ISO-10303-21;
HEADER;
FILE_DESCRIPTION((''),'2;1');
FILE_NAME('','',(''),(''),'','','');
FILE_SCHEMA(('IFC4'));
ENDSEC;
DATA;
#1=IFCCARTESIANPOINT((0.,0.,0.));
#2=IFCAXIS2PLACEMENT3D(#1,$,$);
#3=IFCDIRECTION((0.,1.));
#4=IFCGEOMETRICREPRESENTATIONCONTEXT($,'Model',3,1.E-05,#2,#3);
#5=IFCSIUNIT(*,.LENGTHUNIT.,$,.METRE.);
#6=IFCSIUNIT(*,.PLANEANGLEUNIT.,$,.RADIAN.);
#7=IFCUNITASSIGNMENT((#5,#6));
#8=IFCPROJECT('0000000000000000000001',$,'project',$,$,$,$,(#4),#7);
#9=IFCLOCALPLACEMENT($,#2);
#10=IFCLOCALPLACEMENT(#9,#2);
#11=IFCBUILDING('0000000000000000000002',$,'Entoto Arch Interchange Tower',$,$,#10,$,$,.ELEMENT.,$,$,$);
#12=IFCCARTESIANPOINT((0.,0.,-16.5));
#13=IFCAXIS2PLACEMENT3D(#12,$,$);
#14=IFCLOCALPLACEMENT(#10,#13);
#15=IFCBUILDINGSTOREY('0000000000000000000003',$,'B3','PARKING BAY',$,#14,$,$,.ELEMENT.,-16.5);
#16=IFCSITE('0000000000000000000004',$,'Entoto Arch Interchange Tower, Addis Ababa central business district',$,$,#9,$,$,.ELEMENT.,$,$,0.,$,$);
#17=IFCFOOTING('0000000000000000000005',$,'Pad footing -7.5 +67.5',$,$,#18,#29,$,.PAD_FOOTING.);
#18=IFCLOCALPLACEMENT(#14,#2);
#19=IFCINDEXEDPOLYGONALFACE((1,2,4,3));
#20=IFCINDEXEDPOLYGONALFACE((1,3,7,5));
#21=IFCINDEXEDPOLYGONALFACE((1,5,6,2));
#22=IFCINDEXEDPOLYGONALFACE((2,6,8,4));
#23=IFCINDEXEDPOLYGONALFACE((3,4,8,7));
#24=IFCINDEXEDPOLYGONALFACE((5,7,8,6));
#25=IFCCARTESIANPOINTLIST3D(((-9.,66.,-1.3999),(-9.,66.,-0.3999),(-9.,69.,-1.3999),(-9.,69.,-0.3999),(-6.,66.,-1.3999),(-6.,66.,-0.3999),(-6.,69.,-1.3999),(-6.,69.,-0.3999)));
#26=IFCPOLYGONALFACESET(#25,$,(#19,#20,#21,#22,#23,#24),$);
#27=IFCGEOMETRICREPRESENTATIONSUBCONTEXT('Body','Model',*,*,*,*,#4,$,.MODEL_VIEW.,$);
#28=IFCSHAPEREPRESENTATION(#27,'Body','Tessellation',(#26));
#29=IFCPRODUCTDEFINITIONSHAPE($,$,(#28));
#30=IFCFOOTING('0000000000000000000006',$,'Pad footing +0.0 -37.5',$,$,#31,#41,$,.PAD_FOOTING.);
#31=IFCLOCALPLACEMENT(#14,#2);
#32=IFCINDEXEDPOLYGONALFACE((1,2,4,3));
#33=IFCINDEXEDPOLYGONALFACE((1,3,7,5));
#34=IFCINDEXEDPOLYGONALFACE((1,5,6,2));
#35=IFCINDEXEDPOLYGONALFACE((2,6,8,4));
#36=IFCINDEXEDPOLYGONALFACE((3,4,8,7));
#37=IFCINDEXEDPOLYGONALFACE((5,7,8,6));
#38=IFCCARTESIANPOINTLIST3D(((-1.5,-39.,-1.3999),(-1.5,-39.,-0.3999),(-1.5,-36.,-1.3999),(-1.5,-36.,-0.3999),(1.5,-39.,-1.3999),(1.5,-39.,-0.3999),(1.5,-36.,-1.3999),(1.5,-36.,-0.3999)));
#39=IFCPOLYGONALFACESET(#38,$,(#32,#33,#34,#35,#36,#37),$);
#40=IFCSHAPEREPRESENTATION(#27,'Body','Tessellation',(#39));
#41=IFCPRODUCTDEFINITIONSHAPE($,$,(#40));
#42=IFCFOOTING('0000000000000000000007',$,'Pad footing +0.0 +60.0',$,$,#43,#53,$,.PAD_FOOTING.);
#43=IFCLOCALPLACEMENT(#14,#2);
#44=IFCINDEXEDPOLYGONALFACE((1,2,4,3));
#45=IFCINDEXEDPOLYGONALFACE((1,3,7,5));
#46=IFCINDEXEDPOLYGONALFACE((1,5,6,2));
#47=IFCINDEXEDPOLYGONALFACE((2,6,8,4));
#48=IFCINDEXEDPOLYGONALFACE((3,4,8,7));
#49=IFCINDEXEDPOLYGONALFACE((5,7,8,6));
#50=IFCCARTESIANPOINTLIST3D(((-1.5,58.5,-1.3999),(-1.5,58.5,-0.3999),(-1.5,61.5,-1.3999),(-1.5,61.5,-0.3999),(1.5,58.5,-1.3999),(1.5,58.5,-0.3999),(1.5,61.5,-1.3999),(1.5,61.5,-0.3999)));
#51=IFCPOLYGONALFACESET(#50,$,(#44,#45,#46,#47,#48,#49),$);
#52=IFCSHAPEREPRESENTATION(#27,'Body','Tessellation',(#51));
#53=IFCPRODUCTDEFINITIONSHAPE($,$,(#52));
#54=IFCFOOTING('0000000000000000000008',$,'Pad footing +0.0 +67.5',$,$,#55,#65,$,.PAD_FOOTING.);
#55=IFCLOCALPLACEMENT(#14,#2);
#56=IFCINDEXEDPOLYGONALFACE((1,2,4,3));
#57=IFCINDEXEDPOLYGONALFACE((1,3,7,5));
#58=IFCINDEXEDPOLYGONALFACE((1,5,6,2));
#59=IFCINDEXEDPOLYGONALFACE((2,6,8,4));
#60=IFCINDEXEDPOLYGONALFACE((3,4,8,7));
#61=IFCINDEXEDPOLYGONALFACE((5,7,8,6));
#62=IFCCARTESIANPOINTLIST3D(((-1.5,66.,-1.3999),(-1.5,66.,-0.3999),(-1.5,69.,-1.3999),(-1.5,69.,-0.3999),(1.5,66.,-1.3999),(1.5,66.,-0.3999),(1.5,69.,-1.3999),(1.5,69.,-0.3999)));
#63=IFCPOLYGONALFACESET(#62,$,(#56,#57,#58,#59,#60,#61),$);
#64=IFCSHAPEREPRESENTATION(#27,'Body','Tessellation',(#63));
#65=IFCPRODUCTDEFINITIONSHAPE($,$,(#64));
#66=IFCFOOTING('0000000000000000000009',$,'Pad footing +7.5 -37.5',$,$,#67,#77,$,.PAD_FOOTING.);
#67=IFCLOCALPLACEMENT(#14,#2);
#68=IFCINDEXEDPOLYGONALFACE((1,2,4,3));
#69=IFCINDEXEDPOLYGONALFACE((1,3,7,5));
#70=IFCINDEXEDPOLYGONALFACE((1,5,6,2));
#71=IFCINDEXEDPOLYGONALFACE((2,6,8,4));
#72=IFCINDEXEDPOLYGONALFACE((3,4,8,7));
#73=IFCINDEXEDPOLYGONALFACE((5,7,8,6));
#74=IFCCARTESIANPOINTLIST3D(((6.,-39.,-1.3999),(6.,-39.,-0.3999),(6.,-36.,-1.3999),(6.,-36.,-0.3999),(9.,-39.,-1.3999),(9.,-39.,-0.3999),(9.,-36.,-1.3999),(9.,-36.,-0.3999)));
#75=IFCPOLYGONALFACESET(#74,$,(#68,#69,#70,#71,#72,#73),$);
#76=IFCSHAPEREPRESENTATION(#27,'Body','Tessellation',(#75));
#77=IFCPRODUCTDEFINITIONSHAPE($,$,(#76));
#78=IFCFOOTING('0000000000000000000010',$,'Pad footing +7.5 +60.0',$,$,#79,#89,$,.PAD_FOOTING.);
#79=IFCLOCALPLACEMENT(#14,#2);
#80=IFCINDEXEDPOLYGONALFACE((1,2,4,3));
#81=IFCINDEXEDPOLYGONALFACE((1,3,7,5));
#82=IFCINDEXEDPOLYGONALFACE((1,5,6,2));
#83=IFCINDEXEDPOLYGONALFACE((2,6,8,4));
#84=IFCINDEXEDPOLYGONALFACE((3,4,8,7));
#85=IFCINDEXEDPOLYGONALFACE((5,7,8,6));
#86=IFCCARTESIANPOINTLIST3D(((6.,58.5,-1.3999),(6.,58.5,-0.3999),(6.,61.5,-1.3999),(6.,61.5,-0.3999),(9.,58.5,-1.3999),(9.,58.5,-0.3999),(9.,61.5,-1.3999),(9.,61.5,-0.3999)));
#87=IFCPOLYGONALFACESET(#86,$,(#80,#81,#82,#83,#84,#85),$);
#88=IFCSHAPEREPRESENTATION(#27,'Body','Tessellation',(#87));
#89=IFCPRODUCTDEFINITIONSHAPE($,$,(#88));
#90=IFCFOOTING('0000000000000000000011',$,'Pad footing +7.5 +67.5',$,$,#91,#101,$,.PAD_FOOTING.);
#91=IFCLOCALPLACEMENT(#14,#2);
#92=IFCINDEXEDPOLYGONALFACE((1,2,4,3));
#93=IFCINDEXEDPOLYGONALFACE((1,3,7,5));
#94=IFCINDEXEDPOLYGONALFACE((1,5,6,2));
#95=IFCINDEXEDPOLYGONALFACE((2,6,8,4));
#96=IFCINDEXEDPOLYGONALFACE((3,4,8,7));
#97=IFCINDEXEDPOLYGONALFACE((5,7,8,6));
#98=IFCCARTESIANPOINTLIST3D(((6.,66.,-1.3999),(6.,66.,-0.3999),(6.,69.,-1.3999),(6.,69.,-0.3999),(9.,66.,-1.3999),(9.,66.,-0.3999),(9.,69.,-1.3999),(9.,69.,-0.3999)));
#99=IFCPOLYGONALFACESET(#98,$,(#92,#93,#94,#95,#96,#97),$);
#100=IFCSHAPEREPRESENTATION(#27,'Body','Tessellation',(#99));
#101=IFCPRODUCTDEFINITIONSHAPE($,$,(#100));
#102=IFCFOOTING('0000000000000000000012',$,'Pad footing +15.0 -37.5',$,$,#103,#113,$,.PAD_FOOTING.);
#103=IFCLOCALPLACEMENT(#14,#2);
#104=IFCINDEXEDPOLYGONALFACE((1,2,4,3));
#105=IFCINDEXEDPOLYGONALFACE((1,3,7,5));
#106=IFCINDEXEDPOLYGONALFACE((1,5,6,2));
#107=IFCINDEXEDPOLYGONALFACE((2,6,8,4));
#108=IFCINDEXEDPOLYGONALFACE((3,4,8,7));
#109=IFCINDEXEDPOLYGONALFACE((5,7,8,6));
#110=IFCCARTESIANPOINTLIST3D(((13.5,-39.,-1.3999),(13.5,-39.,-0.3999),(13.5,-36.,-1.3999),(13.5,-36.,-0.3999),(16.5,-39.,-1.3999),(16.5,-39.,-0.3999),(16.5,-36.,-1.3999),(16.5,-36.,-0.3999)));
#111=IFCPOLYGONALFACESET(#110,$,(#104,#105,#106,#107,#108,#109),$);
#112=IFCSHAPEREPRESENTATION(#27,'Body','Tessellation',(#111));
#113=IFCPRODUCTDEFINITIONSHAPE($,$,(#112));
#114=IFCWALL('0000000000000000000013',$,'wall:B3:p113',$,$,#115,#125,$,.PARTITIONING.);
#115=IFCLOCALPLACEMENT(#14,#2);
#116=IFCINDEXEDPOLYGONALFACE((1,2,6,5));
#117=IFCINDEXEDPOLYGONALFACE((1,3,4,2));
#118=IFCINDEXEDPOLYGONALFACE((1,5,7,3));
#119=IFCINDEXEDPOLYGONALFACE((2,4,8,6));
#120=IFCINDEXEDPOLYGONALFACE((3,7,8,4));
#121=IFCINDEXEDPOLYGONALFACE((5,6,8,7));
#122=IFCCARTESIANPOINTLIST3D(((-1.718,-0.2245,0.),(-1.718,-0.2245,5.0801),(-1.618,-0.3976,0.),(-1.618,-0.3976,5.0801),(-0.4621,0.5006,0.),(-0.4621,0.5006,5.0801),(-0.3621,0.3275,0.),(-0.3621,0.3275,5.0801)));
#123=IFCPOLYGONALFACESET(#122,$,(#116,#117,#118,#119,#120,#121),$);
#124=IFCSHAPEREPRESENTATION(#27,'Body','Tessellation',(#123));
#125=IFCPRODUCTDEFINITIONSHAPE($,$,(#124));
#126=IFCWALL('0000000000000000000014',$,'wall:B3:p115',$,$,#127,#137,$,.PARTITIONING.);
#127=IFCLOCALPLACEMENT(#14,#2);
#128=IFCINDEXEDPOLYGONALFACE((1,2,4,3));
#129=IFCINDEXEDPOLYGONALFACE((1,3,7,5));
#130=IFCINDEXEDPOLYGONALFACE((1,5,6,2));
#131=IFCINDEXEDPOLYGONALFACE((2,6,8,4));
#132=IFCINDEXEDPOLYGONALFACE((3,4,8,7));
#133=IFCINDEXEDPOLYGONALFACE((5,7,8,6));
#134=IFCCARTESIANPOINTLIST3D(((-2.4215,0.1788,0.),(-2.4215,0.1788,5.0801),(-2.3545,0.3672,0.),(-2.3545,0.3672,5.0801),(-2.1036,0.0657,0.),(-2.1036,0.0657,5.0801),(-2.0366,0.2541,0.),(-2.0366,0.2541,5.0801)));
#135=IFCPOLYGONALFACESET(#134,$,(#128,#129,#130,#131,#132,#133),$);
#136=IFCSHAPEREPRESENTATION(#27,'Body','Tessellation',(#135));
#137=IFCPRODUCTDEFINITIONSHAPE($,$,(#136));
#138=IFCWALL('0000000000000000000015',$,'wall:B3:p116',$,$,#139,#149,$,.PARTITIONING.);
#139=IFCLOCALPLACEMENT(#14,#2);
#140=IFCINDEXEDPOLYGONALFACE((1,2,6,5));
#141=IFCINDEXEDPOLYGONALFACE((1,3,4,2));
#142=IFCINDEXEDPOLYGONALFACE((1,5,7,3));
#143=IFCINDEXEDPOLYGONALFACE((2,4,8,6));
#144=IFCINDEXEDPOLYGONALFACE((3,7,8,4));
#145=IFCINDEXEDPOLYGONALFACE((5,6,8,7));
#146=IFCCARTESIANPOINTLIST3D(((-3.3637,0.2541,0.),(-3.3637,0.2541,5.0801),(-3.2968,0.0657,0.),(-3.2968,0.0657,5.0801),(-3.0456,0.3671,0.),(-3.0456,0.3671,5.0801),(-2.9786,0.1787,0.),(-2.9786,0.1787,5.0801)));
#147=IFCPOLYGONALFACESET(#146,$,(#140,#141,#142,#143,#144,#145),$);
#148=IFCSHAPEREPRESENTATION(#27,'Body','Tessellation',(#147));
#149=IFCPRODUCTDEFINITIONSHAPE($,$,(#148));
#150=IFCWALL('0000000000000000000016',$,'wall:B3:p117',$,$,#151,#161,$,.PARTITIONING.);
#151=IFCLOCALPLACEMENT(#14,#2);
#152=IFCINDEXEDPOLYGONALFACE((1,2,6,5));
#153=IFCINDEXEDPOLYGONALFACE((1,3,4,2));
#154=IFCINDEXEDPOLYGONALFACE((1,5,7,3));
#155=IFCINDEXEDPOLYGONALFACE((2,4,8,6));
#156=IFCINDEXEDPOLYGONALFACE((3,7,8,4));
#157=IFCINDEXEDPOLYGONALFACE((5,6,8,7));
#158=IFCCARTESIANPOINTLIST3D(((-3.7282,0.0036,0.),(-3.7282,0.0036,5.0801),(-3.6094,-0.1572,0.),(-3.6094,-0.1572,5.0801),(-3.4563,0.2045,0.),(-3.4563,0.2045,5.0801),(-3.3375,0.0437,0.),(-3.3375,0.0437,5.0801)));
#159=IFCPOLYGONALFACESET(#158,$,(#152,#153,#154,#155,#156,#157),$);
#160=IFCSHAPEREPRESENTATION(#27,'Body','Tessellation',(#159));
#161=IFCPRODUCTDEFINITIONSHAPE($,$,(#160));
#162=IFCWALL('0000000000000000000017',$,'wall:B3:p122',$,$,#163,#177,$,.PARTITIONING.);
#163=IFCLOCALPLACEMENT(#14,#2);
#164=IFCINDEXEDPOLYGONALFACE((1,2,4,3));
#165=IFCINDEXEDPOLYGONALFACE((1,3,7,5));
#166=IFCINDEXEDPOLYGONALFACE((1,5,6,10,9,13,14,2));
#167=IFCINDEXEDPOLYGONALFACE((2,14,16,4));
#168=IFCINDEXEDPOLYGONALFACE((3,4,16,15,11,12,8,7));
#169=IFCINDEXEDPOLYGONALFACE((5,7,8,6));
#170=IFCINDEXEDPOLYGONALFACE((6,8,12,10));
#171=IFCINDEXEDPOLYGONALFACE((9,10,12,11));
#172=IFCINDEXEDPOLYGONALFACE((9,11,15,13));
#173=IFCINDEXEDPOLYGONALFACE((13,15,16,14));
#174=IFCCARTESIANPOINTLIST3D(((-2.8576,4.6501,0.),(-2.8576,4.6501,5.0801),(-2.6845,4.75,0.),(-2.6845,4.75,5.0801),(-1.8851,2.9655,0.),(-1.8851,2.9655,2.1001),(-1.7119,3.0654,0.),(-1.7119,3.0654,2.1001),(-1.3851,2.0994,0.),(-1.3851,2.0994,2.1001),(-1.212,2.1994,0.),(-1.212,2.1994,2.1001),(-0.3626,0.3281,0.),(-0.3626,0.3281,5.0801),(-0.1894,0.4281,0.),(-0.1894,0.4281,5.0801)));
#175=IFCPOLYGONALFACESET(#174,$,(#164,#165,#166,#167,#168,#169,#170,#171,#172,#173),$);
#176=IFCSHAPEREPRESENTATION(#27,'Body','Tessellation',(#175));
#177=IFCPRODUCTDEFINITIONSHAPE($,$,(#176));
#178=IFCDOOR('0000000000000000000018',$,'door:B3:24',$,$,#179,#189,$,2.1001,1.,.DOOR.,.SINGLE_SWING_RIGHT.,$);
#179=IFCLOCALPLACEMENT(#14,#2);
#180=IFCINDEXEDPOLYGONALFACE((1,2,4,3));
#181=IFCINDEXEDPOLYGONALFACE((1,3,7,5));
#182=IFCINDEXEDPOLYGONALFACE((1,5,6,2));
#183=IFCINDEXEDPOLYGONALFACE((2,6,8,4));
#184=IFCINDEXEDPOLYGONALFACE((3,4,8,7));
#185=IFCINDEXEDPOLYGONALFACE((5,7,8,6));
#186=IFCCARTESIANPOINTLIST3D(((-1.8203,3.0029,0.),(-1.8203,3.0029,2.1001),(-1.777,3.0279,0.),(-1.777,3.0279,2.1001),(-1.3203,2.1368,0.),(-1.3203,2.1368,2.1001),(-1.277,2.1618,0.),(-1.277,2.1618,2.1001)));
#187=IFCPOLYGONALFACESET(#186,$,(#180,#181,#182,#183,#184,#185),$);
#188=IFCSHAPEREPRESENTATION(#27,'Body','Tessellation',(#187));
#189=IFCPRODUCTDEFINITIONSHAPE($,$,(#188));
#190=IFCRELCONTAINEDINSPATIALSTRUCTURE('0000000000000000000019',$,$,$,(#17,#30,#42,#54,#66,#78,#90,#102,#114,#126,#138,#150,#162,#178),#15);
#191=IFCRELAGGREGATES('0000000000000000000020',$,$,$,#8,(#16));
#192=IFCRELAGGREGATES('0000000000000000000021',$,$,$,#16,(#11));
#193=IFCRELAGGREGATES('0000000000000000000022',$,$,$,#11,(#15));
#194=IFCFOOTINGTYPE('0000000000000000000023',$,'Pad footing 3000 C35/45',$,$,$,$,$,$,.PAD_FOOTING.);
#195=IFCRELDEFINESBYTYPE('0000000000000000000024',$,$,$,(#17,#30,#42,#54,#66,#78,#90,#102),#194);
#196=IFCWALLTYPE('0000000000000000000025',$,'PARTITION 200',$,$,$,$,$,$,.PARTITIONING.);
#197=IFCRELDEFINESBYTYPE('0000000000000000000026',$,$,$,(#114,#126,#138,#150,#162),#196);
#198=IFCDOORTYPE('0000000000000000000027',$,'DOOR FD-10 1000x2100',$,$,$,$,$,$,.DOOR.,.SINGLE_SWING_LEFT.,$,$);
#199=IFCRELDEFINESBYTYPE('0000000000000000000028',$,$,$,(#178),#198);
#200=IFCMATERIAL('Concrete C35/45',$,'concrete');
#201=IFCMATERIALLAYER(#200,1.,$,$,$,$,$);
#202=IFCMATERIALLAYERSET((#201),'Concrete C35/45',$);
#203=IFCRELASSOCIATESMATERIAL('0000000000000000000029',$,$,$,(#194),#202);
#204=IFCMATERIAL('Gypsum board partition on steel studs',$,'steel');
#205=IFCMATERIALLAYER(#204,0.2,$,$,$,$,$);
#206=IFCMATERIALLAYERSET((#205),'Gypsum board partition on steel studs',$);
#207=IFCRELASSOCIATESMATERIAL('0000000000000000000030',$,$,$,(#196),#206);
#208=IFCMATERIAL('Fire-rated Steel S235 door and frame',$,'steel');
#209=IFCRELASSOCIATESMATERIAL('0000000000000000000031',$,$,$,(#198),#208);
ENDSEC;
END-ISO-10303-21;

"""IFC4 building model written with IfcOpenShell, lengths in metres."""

from ifc_helpers import new_model, si_unit, direction, frame, frame_2d, origin, place, context, subcontext, project, spatial, polyline, rectangle, outline, extrude, material, layer, layer_set, type_object, element, fill, save


model = new_model("IFC4")

# Units and contexts
model_context = context("Model", 3, precision=1e-05, world=origin(), true_north=direction((0.0, 1.0)))
body_context = subcontext(model_context, "Body", "Model", "MODEL_VIEW")
ifc_project = project(units=[si_unit("LENGTHUNIT", "METRE"), si_unit("PLANEANGLEUNIT", "RADIAN")], contexts=[model_context])

# Site, building, storey
site_placement = place(None, origin())
site = spatial("IfcSite", under=ifc_project, at=site_placement, Name="Entoto Arch Interchange Tower, Addis Ababa central business district", CompositionType="ELEMENT", RefElevation=0.0)
building_placement = place(site_placement, origin())
building = spatial("IfcBuilding", under=site, at=building_placement, Name="Entoto Arch Interchange Tower", CompositionType="ELEMENT")
storey_placement = place(building_placement, frame((0.0, 0.0, -16.5)))
storey = spatial("IfcBuildingStorey", under=building, at=storey_placement, Name="B3", Description="PARKING BAY", CompositionType="ELEMENT", Elevation=-16.5)

# Footings
ifc_material_1 = material(Name="Concrete C35/45", Category="concrete")
ifc_layer_1 = layer(ifc_material_1, 1.0)
ifc_layer_set_1 = layer_set([ifc_layer_1], Name="Concrete C35/45")
footing_type = type_object("IfcFootingType", Name="Pad footing 3000 C35/45", PredefinedType="PAD_FOOTING", material=ifc_layer_set_1)
footing_1_placement = place(storey_placement, frame((0.0, 0.0, -1.3999)))
element("IfcFooting", 1, at=footing_1_placement, inside=storey, type_object=footing_type, Name="Pad footing -7.5 +67.5", PredefinedType="PAD_FOOTING", context=body_context, shape_type="SweptSolid", body=[
    extrude(outline(polyline([(-6.0, 66.0), (-6.0, 69.0), (-9.0, 69.0), (-9.0, 66.0), (-6.0, 66.0)])), origin(), (0.0, 0.0, 1.0), 1.0),
])
footing_2_placement = place(storey_placement, frame((0.0, 0.0, -1.3999)))
element("IfcFooting", 2, at=footing_2_placement, inside=storey, type_object=footing_type, Name="Pad footing +0.0 -37.5", PredefinedType="PAD_FOOTING", context=body_context, shape_type="SweptSolid", body=[
    extrude(outline(polyline([(1.5, -39.0), (1.5, -36.0), (-1.5, -36.0), (-1.5, -39.0), (1.5, -39.0)])), origin(), (0.0, 0.0, 1.0), 1.0),
])
footing_3_placement = place(storey_placement, frame((0.0, 0.0, -1.3999)))
element("IfcFooting", 3, at=footing_3_placement, inside=storey, type_object=footing_type, Name="Pad footing +0.0 +60.0", PredefinedType="PAD_FOOTING", context=body_context, shape_type="SweptSolid", body=[
    extrude(outline(polyline([(1.5, 58.5), (1.5, 61.5), (-1.5, 61.5), (-1.5, 58.5), (1.5, 58.5)])), origin(), (0.0, 0.0, 1.0), 1.0),
])
footing_4_placement = place(storey_placement, frame((0.0, 0.0, -1.3999)))
element("IfcFooting", 4, at=footing_4_placement, inside=storey, type_object=footing_type, Name="Pad footing +0.0 +67.5", PredefinedType="PAD_FOOTING", context=body_context, shape_type="SweptSolid", body=[
    extrude(outline(polyline([(1.5, 66.0), (1.5, 69.0), (-1.5, 69.0), (-1.5, 66.0), (1.5, 66.0)])), origin(), (0.0, 0.0, 1.0), 1.0),
])
footing_5_placement = place(storey_placement, frame((0.0, 0.0, -1.3999)))
element("IfcFooting", 5, at=footing_5_placement, inside=storey, type_object=footing_type, Name="Pad footing +7.5 -37.5", PredefinedType="PAD_FOOTING", context=body_context, shape_type="SweptSolid", body=[
    extrude(outline(polyline([(9.0, -39.0), (9.0, -36.0), (6.0, -36.0), (6.0, -39.0), (9.0, -39.0)])), origin(), (0.0, 0.0, 1.0), 1.0),
])
footing_6_placement = place(storey_placement, frame((0.0, 0.0, -1.3999)))
element("IfcFooting", 6, at=footing_6_placement, inside=storey, type_object=footing_type, Name="Pad footing +7.5 +60.0", PredefinedType="PAD_FOOTING", context=body_context, shape_type="SweptSolid", body=[
    extrude(outline(polyline([(9.0, 58.5), (9.0, 61.5), (6.0, 61.5), (6.0, 58.5), (9.0, 58.5)])), origin(), (0.0, 0.0, 1.0), 1.0),
])
footing_7_placement = place(storey_placement, frame((0.0, 0.0, -1.3999)))
element("IfcFooting", 7, at=footing_7_placement, inside=storey, type_object=footing_type, Name="Pad footing +7.5 +67.5", PredefinedType="PAD_FOOTING", context=body_context, shape_type="SweptSolid", body=[
    extrude(outline(polyline([(9.0, 66.0), (9.0, 69.0), (6.0, 69.0), (6.0, 66.0), (9.0, 66.0)])), origin(), (0.0, 0.0, 1.0), 1.0),
])
footing_8_placement = place(storey_placement, frame((0.0, 0.0, -1.3999)))
element("IfcFooting", 8, at=footing_8_placement, inside=storey, type_object=footing_type, Name="Pad footing +15.0 -37.5", PredefinedType="PAD_FOOTING", context=body_context, shape_type="SweptSolid", body=[
    extrude(outline(polyline([(16.5, -39.0), (16.5, -36.0), (13.5, -36.0), (13.5, -39.0), (16.5, -39.0)])), origin(), (0.0, 0.0, 1.0), 1.0),
])

# Walls
ifc_material_2 = material(Name="Gypsum board partition on steel studs", Category="steel")
ifc_layer_2 = layer(ifc_material_2, 0.2)
ifc_layer_set_2 = layer_set([ifc_layer_2], Name="Gypsum board partition on steel studs")
wall_type_1 = type_object("IfcWallType", Name="PARTITION 200", PredefinedType="PARTITIONING", material=ifc_layer_set_2)
wall_1_placement = place(storey_placement, frame((-0.4121, 0.4141, 0.0), z_axis=(0.0, 0.0, 1.0), x_axis=(-0.866017, -0.500014, 0.0)))
element("IfcWall", 9, at=wall_1_placement, inside=storey, type_object=wall_type_1, Name="wall:B3:p113", PredefinedType="PARTITIONING", context=body_context, shape_type="SweptSolid", body=[
    extrude(rectangle(XDim=1.4502, YDim=0.2, at=frame_2d((0.7251, 0.0))), origin(), (0.0, 0.0, 1.0), 5.0801),
])
wall_2_placement = place(storey_placement, frame((-2.0701, 0.1599, 0.0), z_axis=(0.0, 0.0, 1.0), x_axis=(-0.942199, 0.335052, 0.0)))
element("IfcWall", 10, at=wall_2_placement, inside=storey, type_object=wall_type_1, Name="wall:B3:p115", PredefinedType="PARTITIONING", context=body_context, shape_type="SweptSolid", body=[
    extrude(rectangle(XDim=0.3374, YDim=0.2, at=frame_2d((0.1687, 0.0))), origin(), (0.0, 0.0, 1.0), 5.0801),
])
wall_3_placement = place(storey_placement, frame((-3.012, 0.2729, 0.0), z_axis=(0.0, 0.0, 1.0), x_axis=(-0.942281, -0.334824, 0.0)))
element("IfcWall", 11, at=wall_3_placement, inside=storey, type_object=wall_type_1, Name="wall:B3:p116", PredefinedType="PARTITIONING", context=body_context, shape_type="SweptSolid", body=[
    extrude(rectangle(XDim=0.3376, YDim=0.2, at=frame_2d((0.1689, 0.0))), origin(), (0.0, 0.0, 1.0), 5.0801),
])
wall_4_placement = place(storey_placement, frame((-3.397, 0.124, 0.0), z_axis=(0.0, 0.0, 1.0), x_axis=(-0.804311, -0.594208, 0.0)))
element("IfcWall", 12, at=wall_4_placement, inside=storey, type_object=wall_type_1, Name="wall:B3:p117", PredefinedType="PARTITIONING", context=body_context, shape_type="SweptSolid", body=[
    extrude(rectangle(XDim=0.3381, YDim=0.2, at=frame_2d((0.1689, 0.0))), origin(), (0.0, 0.0, 1.0), 5.0801),
])

# Wall, opening, door
wall_5_placement = place(storey_placement, frame((-2.771, 4.7, 0.0), z_axis=(0.0, 0.0, 1.0), x_axis=(0.499969, -0.866043, 0.0)))
wall_5 = element("IfcWall", 13, at=wall_5_placement, inside=storey, type_object=wall_type_1, Name="wall:B3:p122", PredefinedType="PARTITIONING", context=body_context, shape_type="SweptSolid", body=[
    extrude(rectangle(XDim=4.9905, YDim=0.2, at=frame_2d((2.4951, 0.0))), origin(), (0.0, 0.0, 1.0), 5.0801),
])
opening_1_placement = place(wall_5_placement, frame((1.9451, 0.0, 0.0)))
opening_1 = element("IfcOpeningElement", 14, at=opening_1_placement, cuts=wall_5, PredefinedType="OPENING", context=body_context, shape_type="SweptSolid", body=[
    extrude(rectangle(XDim=1.0, YDim=2.1001, at=frame_2d((0.5, 1.05))), frame((0.0, 0.1099, 0.0), z_axis=(0.0, -1.0, 0.0), x_axis=(1.0, 0.0, 0.0)), (0.0, 0.0, 1.0), 0.22),
])
ifc_material_3 = material(Name="Fire-rated Steel S235 door and frame", Category="steel")
door_type_1 = type_object("IfcDoorType", Name="DOOR FD-10 1000x2100", OperationType="SINGLE_SWING_LEFT", PredefinedType="DOOR", material=ifc_material_3)
door_1_placement = place(opening_1_placement, origin())
door_1 = element("IfcDoor", 15, at=door_1_placement, inside=storey, type_object=door_type_1, Name="door:B3:24", OperationType="SINGLE_SWING_RIGHT", OverallHeight=2.1001, OverallWidth=1.0, PredefinedType="DOOR", context=body_context, shape_type="SweptSolid", body=[
    extrude(rectangle(XDim=1.0, YDim=2.1001, at=frame_2d((0.5, 1.05))), frame((0.0, 0.0249, 0.0), z_axis=(0.0, -1.0, 0.0), x_axis=(1.0, 0.0, 0.0)), (0.0, 0.0, 1.0), 0.05),
])
fill(opening_1, door_1)

save(model, "model.ifc")
